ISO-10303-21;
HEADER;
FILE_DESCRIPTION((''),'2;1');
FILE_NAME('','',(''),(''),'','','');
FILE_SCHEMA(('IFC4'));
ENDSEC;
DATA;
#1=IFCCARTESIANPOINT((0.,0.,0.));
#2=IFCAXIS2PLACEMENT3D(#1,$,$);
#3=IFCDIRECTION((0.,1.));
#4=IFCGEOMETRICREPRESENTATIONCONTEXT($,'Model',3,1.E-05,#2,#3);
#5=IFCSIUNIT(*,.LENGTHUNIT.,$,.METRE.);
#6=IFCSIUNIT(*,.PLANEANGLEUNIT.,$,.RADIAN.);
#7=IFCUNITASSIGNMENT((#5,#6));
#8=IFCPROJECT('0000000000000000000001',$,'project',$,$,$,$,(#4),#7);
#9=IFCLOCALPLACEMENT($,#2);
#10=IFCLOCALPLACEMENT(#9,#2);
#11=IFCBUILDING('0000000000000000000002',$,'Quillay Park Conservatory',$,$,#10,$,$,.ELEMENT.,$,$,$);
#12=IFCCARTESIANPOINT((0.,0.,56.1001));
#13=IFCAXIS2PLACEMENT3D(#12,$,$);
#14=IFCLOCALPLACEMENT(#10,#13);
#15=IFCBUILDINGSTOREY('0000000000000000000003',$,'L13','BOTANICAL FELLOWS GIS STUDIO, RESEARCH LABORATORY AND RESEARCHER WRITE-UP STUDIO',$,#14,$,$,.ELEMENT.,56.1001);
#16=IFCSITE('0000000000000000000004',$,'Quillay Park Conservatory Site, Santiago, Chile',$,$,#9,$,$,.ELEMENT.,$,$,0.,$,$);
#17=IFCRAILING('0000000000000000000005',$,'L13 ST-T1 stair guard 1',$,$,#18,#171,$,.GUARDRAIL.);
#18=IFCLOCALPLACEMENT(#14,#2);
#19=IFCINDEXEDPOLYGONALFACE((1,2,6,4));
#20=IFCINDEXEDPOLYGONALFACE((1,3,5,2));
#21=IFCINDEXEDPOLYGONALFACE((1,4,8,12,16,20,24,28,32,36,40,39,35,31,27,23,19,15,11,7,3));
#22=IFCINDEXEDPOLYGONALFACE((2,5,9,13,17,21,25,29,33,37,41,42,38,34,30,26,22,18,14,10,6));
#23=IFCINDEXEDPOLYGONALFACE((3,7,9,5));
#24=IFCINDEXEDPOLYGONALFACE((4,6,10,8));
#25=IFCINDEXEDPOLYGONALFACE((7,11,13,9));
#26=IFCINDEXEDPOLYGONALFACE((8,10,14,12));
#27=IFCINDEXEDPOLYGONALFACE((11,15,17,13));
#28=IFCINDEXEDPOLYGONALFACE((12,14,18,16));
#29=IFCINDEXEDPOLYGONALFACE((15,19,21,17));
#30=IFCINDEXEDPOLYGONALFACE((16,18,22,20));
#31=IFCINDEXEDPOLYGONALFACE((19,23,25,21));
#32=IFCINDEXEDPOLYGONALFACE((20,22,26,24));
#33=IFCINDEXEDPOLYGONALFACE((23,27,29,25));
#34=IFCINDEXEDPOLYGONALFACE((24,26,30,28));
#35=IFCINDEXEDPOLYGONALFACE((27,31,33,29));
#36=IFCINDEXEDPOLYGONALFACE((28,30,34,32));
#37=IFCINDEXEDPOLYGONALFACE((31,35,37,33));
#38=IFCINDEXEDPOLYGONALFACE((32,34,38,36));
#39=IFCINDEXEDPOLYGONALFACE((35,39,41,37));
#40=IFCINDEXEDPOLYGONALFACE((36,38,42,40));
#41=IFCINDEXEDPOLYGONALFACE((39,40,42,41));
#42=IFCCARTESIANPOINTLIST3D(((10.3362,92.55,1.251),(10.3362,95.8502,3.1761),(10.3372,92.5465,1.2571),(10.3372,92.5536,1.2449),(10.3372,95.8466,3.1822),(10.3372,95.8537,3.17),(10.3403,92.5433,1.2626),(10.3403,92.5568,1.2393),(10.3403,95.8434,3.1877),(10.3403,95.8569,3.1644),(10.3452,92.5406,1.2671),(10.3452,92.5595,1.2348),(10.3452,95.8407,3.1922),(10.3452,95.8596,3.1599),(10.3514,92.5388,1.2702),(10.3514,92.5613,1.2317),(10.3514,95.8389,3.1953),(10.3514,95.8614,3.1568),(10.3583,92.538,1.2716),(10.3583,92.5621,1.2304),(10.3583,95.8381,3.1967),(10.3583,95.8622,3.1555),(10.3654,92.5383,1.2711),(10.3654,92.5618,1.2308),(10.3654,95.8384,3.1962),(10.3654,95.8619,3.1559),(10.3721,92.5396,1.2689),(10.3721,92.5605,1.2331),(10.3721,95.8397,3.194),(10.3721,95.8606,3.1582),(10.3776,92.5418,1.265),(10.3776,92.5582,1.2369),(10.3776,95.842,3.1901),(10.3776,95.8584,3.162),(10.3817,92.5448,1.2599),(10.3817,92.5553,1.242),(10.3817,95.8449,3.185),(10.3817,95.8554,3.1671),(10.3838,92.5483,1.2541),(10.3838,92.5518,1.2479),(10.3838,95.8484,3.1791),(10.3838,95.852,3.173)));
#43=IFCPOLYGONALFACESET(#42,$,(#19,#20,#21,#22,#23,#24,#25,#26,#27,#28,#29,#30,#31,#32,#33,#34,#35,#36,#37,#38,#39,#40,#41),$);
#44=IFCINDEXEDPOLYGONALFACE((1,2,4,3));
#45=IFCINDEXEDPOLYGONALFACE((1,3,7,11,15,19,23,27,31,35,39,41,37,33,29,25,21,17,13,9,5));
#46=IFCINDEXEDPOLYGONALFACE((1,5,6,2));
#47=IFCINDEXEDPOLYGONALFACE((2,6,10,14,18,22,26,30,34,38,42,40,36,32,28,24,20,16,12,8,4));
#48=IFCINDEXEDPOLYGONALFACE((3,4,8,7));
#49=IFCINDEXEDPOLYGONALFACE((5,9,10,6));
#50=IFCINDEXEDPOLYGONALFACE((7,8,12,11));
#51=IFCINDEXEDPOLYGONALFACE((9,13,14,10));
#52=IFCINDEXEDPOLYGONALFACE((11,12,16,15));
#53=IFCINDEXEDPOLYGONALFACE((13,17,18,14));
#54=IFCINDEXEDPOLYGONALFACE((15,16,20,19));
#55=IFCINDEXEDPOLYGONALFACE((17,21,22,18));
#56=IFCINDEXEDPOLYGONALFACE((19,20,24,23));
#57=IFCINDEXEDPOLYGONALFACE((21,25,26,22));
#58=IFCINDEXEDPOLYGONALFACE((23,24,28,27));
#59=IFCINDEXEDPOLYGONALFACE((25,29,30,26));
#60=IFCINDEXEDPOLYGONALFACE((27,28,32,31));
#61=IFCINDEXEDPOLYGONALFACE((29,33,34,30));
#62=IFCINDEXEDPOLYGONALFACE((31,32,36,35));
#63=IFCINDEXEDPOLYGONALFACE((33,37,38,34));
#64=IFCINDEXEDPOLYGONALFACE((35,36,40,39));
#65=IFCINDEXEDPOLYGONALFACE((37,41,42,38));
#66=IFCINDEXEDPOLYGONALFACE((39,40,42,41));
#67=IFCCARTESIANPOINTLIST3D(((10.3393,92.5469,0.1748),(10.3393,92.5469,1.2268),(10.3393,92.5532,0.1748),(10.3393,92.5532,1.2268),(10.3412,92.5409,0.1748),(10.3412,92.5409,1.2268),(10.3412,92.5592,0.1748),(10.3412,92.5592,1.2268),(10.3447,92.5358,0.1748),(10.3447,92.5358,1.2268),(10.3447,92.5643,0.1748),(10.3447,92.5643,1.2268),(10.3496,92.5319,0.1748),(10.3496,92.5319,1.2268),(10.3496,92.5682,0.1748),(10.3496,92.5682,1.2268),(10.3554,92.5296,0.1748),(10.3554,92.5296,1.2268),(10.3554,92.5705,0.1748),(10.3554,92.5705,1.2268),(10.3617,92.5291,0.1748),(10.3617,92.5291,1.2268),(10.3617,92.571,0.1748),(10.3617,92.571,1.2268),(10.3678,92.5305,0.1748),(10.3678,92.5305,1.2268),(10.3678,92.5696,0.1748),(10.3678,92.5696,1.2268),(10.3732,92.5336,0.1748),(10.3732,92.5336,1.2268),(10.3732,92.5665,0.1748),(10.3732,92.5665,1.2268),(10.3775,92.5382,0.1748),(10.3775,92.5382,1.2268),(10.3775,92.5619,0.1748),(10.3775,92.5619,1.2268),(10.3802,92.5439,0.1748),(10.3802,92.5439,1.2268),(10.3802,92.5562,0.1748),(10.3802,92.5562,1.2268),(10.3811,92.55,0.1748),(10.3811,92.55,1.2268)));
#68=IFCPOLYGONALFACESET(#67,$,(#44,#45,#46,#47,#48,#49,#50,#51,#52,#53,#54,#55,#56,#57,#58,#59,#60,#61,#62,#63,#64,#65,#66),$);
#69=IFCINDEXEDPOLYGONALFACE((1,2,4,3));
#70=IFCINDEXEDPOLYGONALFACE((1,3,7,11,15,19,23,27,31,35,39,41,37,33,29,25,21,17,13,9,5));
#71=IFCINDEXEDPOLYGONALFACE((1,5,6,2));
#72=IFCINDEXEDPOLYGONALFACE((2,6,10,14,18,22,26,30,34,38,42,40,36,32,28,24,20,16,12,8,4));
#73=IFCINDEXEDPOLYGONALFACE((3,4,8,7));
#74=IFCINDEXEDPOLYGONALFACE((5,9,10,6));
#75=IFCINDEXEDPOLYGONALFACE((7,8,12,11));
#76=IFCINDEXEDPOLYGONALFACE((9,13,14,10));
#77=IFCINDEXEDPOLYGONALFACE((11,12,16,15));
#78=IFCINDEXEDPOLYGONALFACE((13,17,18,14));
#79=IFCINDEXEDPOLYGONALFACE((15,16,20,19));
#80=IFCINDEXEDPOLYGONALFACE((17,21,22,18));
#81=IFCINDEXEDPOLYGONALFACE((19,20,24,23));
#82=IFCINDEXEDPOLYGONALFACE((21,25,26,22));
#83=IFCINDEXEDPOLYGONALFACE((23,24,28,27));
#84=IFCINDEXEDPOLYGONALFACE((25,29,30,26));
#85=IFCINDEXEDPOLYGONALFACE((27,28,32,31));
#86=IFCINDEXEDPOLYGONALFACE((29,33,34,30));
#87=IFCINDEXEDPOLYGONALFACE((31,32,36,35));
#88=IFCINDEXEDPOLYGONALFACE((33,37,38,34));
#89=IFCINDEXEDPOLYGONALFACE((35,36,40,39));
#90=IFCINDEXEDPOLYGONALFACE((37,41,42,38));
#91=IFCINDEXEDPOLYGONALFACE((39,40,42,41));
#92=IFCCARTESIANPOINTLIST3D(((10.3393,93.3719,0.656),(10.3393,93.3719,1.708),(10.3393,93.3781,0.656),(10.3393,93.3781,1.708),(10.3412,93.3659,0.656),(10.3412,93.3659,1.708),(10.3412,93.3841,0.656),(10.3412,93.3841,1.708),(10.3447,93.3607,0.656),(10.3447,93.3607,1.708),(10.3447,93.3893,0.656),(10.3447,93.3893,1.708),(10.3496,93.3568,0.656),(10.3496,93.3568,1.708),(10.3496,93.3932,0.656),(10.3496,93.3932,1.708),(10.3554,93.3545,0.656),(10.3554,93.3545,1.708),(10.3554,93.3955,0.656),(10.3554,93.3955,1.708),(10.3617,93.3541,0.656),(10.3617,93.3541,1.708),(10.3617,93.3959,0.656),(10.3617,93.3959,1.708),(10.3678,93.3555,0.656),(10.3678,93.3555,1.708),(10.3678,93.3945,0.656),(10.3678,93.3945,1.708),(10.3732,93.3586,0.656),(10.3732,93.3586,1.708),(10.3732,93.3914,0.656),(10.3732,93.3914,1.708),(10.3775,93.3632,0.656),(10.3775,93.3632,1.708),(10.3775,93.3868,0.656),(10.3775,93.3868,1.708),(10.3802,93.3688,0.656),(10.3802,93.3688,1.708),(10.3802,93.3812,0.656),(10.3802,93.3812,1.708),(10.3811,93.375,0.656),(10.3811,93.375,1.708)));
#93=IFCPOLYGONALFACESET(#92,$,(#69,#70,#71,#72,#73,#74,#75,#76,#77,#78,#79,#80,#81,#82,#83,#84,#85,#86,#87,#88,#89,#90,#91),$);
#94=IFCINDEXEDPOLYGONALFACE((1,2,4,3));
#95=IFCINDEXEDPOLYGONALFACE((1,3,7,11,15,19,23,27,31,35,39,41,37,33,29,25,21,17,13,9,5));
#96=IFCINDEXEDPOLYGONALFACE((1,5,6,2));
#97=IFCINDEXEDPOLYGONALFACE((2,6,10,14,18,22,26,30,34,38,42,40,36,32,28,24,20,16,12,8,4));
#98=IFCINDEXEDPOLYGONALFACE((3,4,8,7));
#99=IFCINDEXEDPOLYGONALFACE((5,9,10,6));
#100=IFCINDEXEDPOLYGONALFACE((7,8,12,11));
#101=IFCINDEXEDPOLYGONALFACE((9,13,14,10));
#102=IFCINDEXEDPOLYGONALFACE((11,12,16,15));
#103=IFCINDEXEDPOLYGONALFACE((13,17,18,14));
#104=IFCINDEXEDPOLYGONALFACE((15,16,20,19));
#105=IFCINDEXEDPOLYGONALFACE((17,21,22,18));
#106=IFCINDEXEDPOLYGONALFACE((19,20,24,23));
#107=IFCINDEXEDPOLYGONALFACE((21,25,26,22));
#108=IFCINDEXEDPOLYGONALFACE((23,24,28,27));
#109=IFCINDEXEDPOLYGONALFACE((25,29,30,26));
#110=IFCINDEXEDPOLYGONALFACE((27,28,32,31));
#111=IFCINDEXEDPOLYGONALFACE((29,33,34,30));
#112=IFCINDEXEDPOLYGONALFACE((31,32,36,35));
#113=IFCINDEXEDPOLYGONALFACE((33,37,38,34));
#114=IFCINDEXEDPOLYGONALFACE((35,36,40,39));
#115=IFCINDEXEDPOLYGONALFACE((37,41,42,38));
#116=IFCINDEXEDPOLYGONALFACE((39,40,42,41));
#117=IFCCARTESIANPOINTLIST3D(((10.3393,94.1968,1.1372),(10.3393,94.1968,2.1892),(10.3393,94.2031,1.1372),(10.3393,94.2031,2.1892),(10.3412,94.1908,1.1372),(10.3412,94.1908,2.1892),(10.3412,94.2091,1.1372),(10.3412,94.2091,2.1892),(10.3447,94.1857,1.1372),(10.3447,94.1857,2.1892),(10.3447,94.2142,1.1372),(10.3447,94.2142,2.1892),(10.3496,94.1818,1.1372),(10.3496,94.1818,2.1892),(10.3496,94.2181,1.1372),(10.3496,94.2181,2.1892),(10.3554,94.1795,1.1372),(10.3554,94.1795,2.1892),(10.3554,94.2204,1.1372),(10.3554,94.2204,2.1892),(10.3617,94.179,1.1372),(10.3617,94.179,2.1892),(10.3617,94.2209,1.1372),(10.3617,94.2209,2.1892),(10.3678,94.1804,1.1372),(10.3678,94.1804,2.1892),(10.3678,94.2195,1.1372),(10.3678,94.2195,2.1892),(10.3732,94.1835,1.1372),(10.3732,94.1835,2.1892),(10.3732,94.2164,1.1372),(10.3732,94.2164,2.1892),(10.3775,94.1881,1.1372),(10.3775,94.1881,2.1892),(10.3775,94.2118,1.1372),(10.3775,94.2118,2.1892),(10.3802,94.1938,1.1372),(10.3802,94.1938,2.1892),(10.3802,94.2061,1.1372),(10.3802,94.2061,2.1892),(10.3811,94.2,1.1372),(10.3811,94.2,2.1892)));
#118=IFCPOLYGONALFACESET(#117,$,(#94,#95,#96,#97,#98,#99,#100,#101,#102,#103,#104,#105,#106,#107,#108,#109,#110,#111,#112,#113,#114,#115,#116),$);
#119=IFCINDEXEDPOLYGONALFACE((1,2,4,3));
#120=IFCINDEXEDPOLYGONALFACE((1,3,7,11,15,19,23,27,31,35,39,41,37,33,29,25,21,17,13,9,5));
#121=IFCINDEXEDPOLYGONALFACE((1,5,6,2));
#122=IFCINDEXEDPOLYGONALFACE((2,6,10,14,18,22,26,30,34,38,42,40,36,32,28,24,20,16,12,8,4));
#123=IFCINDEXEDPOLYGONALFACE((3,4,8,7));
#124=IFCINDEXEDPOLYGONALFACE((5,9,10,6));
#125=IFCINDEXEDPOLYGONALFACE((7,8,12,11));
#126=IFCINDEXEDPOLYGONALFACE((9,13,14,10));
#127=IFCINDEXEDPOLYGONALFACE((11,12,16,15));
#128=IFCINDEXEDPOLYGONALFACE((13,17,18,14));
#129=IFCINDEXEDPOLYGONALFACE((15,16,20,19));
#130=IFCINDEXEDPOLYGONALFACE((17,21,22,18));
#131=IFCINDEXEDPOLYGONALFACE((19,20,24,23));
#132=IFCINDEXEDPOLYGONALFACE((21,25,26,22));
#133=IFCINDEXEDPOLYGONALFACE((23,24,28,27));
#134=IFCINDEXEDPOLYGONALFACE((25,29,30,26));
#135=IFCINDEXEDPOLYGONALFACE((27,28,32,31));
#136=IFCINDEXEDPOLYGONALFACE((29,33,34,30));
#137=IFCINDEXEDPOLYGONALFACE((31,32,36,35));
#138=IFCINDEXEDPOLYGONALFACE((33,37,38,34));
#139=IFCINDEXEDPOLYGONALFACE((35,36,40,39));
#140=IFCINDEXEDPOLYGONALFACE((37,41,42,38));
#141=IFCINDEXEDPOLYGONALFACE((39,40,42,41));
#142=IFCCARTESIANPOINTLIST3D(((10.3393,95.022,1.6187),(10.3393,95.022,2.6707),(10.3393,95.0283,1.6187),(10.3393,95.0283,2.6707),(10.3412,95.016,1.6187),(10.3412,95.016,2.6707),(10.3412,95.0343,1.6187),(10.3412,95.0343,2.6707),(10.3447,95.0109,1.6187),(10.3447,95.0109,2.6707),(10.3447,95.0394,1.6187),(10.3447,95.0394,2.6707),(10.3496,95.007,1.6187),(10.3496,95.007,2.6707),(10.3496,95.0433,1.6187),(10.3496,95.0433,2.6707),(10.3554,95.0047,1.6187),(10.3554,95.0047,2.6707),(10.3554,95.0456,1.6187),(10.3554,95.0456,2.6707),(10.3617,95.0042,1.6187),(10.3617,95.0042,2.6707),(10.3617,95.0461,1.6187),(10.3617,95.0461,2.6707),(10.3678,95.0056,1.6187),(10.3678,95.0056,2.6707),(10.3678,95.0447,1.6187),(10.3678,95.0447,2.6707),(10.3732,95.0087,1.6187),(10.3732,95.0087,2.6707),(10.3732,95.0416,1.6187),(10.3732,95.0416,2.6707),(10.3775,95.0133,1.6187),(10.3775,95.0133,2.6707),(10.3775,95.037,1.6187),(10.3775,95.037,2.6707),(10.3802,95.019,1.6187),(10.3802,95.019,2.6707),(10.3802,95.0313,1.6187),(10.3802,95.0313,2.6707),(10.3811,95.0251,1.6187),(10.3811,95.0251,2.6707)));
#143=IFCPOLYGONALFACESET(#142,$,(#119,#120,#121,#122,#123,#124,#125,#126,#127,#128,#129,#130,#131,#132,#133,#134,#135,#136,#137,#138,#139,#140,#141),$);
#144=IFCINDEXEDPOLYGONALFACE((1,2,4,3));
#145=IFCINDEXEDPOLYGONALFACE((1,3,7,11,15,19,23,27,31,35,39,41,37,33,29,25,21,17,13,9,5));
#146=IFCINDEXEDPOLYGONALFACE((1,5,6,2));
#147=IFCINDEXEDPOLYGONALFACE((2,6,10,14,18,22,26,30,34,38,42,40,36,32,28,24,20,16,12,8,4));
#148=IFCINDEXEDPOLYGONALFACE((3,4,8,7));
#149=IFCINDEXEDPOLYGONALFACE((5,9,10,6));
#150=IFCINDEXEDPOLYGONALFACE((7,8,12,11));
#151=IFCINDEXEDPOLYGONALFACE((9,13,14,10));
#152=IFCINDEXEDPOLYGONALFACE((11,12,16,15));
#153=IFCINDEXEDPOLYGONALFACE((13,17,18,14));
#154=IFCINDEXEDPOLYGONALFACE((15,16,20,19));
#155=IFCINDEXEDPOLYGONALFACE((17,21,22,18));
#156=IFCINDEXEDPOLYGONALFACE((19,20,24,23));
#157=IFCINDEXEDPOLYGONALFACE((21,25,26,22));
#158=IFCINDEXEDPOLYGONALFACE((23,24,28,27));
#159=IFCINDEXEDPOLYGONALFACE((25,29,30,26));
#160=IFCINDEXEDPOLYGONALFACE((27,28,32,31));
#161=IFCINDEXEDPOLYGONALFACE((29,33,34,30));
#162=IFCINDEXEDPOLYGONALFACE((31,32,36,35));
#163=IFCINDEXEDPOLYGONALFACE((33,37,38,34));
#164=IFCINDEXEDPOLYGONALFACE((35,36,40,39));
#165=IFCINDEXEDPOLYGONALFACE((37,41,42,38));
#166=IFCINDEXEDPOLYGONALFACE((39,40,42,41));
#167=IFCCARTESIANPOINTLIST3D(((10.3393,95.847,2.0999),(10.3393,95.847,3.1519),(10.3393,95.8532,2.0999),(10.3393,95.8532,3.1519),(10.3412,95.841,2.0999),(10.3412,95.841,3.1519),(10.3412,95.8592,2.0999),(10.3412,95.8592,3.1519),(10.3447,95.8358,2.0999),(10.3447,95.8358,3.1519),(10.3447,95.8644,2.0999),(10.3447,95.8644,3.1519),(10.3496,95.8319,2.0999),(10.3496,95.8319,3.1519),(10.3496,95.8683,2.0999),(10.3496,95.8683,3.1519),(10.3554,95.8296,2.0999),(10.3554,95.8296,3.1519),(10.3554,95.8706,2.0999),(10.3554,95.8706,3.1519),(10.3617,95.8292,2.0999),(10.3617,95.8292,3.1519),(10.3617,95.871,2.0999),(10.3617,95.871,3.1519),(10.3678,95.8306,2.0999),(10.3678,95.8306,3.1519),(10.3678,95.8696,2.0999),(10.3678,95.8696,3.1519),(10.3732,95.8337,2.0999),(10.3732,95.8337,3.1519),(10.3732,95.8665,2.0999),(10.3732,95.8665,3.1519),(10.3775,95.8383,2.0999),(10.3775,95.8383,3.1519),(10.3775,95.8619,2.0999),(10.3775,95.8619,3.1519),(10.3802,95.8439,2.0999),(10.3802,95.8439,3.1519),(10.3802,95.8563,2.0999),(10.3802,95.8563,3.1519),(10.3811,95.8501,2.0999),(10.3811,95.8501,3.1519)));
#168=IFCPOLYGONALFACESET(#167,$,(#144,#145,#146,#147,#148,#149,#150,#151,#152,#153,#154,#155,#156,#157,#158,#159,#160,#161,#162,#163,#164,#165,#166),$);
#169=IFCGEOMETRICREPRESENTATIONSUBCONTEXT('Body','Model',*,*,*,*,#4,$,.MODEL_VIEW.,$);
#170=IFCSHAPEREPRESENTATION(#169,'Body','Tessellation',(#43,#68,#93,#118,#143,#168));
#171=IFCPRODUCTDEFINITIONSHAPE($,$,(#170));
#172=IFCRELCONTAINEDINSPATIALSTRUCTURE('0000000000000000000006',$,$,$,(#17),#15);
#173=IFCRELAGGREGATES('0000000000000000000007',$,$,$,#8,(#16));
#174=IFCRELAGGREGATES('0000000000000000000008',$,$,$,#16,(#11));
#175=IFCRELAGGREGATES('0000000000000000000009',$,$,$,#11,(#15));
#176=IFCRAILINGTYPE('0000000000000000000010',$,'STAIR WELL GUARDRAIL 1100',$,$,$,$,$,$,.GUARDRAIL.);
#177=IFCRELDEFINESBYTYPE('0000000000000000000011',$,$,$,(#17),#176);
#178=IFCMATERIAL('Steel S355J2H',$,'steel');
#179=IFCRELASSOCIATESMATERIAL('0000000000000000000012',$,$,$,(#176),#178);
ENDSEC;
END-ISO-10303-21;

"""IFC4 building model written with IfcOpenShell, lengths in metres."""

from ifc_helpers import new_model, si_unit, direction, frame, origin, origin_2d, place, context, subcontext, project, spatial, circle, extrude, material, type_object, element, save


model = new_model("IFC4")

# Units and contexts
model_context = context("Model", 3, precision=1e-05, world=origin(), true_north=direction((0.0, 1.0)))
body_context = subcontext(model_context, "Body", "Model", "MODEL_VIEW")
ifc_project = project(units=[si_unit("LENGTHUNIT", "METRE"), si_unit("PLANEANGLEUNIT", "RADIAN")], contexts=[model_context])

# Site, building, storey
site_placement = place(None, origin())
site = spatial("IfcSite", under=ifc_project, at=site_placement, Name="Quillay Park Conservatory Site, Santiago, Chile", CompositionType="ELEMENT", RefElevation=0.0)
building_placement = place(site_placement, origin())
building = spatial("IfcBuilding", under=site, at=building_placement, Name="Quillay Park Conservatory", CompositionType="ELEMENT")
storey_placement = place(building_placement, frame((0.0, 0.0, 56.1001)))
storey = spatial("IfcBuildingStorey", under=building, at=storey_placement, Name="L13", Description="BOTANICAL FELLOWS GIS STUDIO, RESEARCH LABORATORY AND RESEARCHER WRITE-UP STUDIO", CompositionType="ELEMENT", Elevation=56.1001)

# Railing
ifc_material_1 = material(Name="Steel S355J2H", Category="steel")
railing_type_1 = type_object("IfcRailingType", Name="STAIR WELL GUARDRAIL 1100", PredefinedType="GUARDRAIL", material=ifc_material_1)
railing_1_placement = place(storey_placement, frame((10.3601, 92.55, 0.1748)))
element("IfcRailing", 1, at=railing_1_placement, inside=storey, type_object=railing_type_1, Name="L13 ST-T1 stair guard 1", PredefinedType="GUARDRAIL", context=body_context, shape_type="SweptSolid", body=[
    extrude(circle(Radius=0.0239, at=origin_2d()), frame((0.0, 0.0, 1.0762), z_axis=(0.0, 0.863777, 0.503875), x_axis=(-1.0, 0.0, 0.0)), (0.0, 0.0, 1.0), 3.8206),
    extrude(circle(Radius=0.021, at=origin_2d()), origin(), (0.0, 0.0, 1.0), 1.052),
    extrude(circle(Radius=0.021, at=origin_2d()), frame((0.0, 0.825, 0.4812)), (0.0, 0.0, 1.0), 1.052),
    extrude(circle(Radius=0.021, at=origin_2d()), frame((0.0, 1.6499, 0.9624)), (0.0, 0.0, 1.0), 1.052),
    extrude(circle(Radius=0.021, at=origin_2d()), frame((0.0, 2.4751, 1.4438)), (0.0, 0.0, 1.0), 1.052),
    extrude(circle(Radius=0.021, at=origin_2d()), frame((0.0, 3.3, 1.925)), (0.0, 0.0, 1.0), 1.052),
])

save(model, "model.ifc")
